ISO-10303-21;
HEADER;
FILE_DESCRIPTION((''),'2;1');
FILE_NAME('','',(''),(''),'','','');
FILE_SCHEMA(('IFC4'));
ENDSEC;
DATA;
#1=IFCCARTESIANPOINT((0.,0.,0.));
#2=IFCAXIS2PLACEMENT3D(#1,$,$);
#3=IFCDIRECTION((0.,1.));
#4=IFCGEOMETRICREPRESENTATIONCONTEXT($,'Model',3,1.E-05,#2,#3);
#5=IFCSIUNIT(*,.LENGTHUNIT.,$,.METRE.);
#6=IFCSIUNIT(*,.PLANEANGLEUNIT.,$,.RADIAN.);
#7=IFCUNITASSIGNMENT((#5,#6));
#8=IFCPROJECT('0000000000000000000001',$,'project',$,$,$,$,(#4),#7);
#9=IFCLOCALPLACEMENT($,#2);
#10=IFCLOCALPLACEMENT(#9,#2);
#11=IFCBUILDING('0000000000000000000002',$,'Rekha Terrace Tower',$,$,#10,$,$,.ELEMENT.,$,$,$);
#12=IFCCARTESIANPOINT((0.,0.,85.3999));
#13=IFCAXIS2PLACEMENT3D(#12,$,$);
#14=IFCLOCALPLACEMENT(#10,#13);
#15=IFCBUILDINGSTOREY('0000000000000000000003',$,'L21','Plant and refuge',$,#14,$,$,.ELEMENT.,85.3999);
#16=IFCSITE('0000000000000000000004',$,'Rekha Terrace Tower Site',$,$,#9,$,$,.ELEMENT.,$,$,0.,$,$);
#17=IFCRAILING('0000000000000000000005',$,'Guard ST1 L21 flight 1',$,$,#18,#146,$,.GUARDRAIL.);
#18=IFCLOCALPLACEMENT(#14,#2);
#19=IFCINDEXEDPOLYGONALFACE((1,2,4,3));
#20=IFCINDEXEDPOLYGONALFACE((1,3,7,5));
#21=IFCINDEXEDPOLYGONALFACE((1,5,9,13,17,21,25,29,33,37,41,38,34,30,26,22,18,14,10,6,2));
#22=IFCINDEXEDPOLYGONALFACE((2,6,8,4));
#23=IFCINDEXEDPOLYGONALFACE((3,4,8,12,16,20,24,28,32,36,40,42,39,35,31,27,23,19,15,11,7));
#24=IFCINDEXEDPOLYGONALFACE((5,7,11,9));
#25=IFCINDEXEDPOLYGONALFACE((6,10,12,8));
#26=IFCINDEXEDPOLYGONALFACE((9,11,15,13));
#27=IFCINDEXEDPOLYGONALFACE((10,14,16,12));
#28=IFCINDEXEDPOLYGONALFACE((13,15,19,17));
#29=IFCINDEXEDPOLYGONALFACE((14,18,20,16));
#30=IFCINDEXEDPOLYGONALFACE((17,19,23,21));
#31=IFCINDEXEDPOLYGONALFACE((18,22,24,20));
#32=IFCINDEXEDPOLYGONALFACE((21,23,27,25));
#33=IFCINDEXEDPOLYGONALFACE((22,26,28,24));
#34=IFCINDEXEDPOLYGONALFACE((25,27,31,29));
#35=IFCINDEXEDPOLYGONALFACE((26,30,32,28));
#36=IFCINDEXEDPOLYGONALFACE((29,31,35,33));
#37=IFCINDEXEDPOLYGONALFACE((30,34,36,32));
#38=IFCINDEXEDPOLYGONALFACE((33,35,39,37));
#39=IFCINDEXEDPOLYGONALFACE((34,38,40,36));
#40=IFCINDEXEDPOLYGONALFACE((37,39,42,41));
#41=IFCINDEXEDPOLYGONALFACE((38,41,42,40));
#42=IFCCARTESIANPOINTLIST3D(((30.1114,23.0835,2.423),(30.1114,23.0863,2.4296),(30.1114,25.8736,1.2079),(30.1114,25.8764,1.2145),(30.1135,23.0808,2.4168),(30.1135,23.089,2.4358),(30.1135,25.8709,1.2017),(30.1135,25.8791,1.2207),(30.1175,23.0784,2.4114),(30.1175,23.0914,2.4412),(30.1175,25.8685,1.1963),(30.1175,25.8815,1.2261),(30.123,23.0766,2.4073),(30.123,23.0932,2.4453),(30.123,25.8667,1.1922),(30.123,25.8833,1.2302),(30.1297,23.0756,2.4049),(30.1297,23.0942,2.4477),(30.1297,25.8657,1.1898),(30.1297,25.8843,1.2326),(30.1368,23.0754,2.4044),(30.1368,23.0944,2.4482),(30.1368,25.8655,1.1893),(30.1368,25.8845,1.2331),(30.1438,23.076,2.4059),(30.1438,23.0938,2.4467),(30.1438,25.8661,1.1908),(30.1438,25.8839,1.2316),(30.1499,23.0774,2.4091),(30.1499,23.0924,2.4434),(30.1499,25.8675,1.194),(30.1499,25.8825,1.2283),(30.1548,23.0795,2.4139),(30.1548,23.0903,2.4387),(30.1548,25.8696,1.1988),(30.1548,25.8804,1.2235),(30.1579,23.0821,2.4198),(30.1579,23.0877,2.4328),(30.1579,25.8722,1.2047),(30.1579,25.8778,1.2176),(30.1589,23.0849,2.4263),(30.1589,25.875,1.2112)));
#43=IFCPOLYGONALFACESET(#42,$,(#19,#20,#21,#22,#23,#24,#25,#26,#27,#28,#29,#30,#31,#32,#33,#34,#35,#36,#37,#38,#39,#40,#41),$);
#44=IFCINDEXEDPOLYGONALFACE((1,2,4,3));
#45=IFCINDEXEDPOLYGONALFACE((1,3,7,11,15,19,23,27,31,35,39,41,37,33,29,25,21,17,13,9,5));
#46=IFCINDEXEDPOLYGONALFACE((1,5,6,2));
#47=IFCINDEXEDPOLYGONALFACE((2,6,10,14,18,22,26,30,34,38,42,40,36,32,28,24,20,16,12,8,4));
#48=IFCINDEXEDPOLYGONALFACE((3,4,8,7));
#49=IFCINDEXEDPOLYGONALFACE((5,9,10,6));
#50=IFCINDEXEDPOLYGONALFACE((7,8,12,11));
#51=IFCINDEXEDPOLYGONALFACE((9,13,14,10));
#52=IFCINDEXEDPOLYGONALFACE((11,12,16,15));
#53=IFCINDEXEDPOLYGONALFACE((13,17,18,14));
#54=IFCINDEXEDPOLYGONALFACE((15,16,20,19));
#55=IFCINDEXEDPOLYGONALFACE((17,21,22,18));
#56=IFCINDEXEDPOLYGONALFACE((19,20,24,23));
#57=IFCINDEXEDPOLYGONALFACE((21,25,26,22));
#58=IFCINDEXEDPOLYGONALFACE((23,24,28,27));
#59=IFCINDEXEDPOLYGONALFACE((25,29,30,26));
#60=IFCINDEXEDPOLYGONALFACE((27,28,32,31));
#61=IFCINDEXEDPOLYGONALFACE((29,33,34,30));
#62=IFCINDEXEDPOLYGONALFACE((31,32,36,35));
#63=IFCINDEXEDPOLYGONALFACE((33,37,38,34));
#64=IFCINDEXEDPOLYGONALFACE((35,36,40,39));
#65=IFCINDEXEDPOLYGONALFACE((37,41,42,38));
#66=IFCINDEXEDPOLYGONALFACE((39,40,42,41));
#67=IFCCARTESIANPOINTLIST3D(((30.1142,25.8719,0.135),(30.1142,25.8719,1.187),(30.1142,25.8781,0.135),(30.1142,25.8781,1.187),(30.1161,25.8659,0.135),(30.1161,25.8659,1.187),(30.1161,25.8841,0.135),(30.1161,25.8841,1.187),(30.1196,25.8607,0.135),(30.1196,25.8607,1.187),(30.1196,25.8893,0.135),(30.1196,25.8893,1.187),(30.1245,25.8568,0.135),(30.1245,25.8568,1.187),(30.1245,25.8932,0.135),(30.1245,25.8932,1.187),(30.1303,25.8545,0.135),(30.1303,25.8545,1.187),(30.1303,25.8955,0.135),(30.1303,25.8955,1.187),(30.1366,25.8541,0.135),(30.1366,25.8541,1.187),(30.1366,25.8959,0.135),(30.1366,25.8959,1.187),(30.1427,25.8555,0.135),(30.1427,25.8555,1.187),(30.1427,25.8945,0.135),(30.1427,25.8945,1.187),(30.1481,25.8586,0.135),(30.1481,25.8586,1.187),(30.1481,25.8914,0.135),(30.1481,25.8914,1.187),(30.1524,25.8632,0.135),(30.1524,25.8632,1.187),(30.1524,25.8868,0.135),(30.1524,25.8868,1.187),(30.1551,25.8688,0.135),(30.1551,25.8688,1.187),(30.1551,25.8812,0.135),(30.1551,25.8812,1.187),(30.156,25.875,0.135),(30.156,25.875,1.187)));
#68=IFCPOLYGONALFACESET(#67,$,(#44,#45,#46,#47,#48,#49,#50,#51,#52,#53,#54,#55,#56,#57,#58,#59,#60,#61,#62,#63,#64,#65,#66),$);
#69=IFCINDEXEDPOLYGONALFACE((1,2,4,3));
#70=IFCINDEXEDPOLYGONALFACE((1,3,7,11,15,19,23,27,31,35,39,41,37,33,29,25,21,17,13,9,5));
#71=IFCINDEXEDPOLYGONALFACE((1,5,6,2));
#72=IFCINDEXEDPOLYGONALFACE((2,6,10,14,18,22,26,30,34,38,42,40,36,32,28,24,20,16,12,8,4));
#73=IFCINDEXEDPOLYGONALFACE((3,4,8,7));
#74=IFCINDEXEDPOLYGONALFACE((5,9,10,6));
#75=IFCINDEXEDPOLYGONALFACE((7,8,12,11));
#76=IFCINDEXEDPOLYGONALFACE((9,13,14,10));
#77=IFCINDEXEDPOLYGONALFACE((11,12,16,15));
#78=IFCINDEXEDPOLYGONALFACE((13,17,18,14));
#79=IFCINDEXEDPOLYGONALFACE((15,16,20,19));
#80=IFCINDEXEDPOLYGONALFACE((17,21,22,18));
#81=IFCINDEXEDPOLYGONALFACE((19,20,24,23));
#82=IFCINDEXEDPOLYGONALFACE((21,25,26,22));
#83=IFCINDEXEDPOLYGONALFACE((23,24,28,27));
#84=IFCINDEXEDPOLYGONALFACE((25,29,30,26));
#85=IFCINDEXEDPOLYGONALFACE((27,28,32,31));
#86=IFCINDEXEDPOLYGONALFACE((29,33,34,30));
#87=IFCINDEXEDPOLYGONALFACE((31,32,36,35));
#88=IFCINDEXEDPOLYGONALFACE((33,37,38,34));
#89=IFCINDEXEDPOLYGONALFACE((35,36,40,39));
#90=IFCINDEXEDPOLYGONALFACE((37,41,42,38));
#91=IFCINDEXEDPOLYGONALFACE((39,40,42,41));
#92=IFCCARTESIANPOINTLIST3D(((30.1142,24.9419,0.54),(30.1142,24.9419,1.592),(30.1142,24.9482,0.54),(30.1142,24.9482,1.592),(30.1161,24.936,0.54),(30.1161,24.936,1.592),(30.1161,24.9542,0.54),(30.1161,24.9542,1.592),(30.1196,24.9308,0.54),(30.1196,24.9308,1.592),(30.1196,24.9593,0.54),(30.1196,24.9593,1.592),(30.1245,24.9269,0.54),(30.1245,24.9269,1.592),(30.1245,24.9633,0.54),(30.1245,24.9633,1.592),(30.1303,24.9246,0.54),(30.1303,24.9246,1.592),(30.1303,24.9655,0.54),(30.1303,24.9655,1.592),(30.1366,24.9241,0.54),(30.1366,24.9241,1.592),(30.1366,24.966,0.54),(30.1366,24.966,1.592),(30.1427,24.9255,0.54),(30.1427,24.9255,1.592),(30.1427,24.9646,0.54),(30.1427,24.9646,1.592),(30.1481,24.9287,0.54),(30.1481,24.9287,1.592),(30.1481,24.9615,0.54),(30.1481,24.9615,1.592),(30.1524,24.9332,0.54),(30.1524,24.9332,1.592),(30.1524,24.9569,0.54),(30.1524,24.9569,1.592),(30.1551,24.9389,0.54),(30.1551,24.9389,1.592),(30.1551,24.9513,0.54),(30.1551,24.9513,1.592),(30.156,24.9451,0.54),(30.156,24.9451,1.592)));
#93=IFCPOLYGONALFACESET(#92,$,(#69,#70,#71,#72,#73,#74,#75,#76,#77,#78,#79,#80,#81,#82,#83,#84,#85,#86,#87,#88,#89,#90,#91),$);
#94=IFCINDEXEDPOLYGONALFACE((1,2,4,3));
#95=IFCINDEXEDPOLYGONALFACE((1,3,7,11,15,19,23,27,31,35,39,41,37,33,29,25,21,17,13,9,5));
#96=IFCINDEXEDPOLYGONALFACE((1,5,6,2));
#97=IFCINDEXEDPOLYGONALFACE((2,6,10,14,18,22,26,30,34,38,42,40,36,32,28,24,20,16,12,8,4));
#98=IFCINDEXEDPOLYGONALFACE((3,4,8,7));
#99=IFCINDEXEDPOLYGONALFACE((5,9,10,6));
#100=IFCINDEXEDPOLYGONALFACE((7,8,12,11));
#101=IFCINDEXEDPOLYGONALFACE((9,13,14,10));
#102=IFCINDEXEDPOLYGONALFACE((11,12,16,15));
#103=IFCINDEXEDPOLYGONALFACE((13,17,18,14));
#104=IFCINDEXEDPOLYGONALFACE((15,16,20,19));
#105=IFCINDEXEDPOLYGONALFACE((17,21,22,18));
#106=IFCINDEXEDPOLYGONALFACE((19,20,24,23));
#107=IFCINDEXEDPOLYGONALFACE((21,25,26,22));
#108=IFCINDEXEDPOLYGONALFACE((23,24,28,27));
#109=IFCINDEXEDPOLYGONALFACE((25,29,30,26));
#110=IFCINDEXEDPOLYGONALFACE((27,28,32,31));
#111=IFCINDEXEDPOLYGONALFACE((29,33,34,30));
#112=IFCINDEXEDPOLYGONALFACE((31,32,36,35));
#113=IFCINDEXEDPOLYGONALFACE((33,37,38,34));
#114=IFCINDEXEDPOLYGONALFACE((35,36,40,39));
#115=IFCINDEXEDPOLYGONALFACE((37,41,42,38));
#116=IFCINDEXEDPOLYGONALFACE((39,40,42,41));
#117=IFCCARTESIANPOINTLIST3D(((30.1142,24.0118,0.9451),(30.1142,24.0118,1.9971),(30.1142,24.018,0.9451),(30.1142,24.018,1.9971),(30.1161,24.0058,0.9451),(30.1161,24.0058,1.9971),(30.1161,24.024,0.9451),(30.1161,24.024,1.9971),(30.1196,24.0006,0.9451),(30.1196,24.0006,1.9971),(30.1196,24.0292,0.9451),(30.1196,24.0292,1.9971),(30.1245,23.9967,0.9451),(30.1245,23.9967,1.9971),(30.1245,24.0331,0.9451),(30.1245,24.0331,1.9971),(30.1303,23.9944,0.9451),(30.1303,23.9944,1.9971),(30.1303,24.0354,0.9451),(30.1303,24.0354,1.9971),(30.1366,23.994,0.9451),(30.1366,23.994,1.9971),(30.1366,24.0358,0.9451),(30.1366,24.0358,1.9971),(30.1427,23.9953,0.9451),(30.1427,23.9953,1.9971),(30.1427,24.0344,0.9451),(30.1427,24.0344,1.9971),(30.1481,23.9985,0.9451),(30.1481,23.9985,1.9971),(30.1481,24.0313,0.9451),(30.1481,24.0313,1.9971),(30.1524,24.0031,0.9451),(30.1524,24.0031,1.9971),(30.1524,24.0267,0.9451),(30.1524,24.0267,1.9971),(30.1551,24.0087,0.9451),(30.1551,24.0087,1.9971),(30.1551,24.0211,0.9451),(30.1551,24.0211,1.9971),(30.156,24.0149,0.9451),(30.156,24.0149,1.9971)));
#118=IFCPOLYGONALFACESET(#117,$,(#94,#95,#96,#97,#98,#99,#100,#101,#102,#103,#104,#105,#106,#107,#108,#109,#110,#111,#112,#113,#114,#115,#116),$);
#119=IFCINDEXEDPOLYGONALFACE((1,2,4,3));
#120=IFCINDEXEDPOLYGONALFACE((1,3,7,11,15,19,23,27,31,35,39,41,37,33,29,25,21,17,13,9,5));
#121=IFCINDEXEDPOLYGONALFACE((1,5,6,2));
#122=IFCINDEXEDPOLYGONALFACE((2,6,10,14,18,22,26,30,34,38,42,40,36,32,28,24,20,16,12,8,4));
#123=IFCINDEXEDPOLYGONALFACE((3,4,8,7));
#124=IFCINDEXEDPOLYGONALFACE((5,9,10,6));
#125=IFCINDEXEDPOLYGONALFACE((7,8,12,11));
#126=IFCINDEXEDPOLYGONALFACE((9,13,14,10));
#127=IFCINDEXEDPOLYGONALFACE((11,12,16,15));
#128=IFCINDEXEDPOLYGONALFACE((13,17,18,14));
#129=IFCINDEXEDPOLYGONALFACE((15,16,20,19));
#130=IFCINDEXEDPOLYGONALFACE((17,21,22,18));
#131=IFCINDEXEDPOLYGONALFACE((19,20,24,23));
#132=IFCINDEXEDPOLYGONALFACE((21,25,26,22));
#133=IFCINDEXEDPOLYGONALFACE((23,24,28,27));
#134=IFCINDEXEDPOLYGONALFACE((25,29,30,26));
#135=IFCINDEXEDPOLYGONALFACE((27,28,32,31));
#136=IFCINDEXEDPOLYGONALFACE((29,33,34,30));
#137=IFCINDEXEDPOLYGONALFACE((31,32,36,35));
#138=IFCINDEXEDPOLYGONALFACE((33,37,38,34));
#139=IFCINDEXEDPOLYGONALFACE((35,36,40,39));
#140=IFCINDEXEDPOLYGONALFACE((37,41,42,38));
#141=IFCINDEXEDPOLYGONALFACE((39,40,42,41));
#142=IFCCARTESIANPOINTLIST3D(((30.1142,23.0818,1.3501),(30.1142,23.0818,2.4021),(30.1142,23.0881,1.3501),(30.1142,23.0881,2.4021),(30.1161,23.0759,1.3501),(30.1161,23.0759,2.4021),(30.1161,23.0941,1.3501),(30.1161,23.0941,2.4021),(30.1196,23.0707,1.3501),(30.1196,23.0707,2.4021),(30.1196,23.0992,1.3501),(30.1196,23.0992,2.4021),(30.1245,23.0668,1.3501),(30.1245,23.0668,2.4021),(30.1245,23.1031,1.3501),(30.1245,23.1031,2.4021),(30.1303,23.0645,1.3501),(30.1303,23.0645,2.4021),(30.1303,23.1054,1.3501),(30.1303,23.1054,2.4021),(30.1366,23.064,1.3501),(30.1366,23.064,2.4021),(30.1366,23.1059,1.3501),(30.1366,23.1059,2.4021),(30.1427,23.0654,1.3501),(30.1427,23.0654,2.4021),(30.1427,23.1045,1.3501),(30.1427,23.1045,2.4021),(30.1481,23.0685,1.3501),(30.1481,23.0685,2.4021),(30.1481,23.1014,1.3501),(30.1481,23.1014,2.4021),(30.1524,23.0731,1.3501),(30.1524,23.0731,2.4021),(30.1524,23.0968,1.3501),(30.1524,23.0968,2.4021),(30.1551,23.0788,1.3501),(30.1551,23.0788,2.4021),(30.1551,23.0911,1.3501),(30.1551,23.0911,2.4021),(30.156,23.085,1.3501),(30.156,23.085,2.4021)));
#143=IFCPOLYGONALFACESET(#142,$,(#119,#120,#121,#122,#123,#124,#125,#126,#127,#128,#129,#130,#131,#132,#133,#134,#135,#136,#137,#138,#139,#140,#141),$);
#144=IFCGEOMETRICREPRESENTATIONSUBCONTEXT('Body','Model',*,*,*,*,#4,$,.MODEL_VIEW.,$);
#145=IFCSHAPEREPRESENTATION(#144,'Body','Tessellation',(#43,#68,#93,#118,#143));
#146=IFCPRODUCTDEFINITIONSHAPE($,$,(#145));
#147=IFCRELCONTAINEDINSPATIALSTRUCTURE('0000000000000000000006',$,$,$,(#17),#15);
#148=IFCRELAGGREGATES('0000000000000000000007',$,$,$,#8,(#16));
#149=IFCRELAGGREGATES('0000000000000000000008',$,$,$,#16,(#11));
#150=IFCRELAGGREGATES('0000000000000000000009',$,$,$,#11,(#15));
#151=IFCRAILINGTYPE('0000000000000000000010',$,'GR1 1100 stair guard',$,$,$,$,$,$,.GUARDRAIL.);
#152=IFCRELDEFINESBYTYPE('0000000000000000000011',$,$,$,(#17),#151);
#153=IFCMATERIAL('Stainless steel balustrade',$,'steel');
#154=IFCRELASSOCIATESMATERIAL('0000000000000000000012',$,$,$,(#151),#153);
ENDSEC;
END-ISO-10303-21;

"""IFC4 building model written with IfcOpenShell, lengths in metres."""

from ifc_helpers import new_model, si_unit, direction, frame, origin, origin_2d, place, context, subcontext, project, spatial, circle, extrude, material, type_object, element, save


model = new_model("IFC4")

# Units and contexts
model_context = context("Model", 3, precision=1e-05, world=origin(), true_north=direction((0.0, 1.0)))
body_context = subcontext(model_context, "Body", "Model", "MODEL_VIEW")
ifc_project = project(units=[si_unit("LENGTHUNIT", "METRE"), si_unit("PLANEANGLEUNIT", "RADIAN")], contexts=[model_context])

# Site, building, storey
site_placement = place(None, origin())
site = spatial("IfcSite", under=ifc_project, at=site_placement, Name="Rekha Terrace Tower Site", CompositionType="ELEMENT", RefElevation=0.0)
building_placement = place(site_placement, origin())
building = spatial("IfcBuilding", under=site, at=building_placement, Name="Rekha Terrace Tower", CompositionType="ELEMENT")
storey_placement = place(building_placement, frame((0.0, 0.0, 85.3999)))
storey = spatial("IfcBuildingStorey", under=building, at=storey_placement, Name="L21", Description="Plant and refuge", CompositionType="ELEMENT", Elevation=85.3999)

# Railing
ifc_material_1 = material(Name="Stainless steel balustrade", Category="steel")
railing_type_1 = type_object("IfcRailingType", Name="GR1 1100 stair guard", PredefinedType="GUARDRAIL", material=ifc_material_1)
railing_1_placement = place(storey_placement, frame((30.135, 25.875, 0.135)))
element("IfcRailing", 1, at=railing_1_placement, inside=storey, type_object=railing_type_1, Name="Guard ST1 L21 flight 1", PredefinedType="GUARDRAIL", context=body_context, shape_type="SweptSolid", body=[
    extrude(circle(Radius=0.0239, at=origin_2d()), frame((0.0, 0.0, 1.0762), z_axis=(0.0, -0.916826, 0.399286), x_axis=(1.0, 0.0, 0.0)), (0.0, 0.0, 1.0), 3.0432),
    extrude(circle(Radius=0.021, at=origin_2d()), origin(), (0.0, 0.0, 1.0), 1.052),
    extrude(circle(Radius=0.021, at=origin_2d()), frame((0.0, -0.9299, 0.405)), (0.0, 0.0, 1.0), 1.052),
    extrude(circle(Radius=0.021, at=origin_2d()), frame((0.0, -1.8601, 0.8101)), (0.0, 0.0, 1.0), 1.052),
    extrude(circle(Radius=0.021, at=origin_2d()), frame((0.0, -2.79, 1.2151)), (0.0, 0.0, 1.0), 1.052),
])

save(model, "model.ifc")
